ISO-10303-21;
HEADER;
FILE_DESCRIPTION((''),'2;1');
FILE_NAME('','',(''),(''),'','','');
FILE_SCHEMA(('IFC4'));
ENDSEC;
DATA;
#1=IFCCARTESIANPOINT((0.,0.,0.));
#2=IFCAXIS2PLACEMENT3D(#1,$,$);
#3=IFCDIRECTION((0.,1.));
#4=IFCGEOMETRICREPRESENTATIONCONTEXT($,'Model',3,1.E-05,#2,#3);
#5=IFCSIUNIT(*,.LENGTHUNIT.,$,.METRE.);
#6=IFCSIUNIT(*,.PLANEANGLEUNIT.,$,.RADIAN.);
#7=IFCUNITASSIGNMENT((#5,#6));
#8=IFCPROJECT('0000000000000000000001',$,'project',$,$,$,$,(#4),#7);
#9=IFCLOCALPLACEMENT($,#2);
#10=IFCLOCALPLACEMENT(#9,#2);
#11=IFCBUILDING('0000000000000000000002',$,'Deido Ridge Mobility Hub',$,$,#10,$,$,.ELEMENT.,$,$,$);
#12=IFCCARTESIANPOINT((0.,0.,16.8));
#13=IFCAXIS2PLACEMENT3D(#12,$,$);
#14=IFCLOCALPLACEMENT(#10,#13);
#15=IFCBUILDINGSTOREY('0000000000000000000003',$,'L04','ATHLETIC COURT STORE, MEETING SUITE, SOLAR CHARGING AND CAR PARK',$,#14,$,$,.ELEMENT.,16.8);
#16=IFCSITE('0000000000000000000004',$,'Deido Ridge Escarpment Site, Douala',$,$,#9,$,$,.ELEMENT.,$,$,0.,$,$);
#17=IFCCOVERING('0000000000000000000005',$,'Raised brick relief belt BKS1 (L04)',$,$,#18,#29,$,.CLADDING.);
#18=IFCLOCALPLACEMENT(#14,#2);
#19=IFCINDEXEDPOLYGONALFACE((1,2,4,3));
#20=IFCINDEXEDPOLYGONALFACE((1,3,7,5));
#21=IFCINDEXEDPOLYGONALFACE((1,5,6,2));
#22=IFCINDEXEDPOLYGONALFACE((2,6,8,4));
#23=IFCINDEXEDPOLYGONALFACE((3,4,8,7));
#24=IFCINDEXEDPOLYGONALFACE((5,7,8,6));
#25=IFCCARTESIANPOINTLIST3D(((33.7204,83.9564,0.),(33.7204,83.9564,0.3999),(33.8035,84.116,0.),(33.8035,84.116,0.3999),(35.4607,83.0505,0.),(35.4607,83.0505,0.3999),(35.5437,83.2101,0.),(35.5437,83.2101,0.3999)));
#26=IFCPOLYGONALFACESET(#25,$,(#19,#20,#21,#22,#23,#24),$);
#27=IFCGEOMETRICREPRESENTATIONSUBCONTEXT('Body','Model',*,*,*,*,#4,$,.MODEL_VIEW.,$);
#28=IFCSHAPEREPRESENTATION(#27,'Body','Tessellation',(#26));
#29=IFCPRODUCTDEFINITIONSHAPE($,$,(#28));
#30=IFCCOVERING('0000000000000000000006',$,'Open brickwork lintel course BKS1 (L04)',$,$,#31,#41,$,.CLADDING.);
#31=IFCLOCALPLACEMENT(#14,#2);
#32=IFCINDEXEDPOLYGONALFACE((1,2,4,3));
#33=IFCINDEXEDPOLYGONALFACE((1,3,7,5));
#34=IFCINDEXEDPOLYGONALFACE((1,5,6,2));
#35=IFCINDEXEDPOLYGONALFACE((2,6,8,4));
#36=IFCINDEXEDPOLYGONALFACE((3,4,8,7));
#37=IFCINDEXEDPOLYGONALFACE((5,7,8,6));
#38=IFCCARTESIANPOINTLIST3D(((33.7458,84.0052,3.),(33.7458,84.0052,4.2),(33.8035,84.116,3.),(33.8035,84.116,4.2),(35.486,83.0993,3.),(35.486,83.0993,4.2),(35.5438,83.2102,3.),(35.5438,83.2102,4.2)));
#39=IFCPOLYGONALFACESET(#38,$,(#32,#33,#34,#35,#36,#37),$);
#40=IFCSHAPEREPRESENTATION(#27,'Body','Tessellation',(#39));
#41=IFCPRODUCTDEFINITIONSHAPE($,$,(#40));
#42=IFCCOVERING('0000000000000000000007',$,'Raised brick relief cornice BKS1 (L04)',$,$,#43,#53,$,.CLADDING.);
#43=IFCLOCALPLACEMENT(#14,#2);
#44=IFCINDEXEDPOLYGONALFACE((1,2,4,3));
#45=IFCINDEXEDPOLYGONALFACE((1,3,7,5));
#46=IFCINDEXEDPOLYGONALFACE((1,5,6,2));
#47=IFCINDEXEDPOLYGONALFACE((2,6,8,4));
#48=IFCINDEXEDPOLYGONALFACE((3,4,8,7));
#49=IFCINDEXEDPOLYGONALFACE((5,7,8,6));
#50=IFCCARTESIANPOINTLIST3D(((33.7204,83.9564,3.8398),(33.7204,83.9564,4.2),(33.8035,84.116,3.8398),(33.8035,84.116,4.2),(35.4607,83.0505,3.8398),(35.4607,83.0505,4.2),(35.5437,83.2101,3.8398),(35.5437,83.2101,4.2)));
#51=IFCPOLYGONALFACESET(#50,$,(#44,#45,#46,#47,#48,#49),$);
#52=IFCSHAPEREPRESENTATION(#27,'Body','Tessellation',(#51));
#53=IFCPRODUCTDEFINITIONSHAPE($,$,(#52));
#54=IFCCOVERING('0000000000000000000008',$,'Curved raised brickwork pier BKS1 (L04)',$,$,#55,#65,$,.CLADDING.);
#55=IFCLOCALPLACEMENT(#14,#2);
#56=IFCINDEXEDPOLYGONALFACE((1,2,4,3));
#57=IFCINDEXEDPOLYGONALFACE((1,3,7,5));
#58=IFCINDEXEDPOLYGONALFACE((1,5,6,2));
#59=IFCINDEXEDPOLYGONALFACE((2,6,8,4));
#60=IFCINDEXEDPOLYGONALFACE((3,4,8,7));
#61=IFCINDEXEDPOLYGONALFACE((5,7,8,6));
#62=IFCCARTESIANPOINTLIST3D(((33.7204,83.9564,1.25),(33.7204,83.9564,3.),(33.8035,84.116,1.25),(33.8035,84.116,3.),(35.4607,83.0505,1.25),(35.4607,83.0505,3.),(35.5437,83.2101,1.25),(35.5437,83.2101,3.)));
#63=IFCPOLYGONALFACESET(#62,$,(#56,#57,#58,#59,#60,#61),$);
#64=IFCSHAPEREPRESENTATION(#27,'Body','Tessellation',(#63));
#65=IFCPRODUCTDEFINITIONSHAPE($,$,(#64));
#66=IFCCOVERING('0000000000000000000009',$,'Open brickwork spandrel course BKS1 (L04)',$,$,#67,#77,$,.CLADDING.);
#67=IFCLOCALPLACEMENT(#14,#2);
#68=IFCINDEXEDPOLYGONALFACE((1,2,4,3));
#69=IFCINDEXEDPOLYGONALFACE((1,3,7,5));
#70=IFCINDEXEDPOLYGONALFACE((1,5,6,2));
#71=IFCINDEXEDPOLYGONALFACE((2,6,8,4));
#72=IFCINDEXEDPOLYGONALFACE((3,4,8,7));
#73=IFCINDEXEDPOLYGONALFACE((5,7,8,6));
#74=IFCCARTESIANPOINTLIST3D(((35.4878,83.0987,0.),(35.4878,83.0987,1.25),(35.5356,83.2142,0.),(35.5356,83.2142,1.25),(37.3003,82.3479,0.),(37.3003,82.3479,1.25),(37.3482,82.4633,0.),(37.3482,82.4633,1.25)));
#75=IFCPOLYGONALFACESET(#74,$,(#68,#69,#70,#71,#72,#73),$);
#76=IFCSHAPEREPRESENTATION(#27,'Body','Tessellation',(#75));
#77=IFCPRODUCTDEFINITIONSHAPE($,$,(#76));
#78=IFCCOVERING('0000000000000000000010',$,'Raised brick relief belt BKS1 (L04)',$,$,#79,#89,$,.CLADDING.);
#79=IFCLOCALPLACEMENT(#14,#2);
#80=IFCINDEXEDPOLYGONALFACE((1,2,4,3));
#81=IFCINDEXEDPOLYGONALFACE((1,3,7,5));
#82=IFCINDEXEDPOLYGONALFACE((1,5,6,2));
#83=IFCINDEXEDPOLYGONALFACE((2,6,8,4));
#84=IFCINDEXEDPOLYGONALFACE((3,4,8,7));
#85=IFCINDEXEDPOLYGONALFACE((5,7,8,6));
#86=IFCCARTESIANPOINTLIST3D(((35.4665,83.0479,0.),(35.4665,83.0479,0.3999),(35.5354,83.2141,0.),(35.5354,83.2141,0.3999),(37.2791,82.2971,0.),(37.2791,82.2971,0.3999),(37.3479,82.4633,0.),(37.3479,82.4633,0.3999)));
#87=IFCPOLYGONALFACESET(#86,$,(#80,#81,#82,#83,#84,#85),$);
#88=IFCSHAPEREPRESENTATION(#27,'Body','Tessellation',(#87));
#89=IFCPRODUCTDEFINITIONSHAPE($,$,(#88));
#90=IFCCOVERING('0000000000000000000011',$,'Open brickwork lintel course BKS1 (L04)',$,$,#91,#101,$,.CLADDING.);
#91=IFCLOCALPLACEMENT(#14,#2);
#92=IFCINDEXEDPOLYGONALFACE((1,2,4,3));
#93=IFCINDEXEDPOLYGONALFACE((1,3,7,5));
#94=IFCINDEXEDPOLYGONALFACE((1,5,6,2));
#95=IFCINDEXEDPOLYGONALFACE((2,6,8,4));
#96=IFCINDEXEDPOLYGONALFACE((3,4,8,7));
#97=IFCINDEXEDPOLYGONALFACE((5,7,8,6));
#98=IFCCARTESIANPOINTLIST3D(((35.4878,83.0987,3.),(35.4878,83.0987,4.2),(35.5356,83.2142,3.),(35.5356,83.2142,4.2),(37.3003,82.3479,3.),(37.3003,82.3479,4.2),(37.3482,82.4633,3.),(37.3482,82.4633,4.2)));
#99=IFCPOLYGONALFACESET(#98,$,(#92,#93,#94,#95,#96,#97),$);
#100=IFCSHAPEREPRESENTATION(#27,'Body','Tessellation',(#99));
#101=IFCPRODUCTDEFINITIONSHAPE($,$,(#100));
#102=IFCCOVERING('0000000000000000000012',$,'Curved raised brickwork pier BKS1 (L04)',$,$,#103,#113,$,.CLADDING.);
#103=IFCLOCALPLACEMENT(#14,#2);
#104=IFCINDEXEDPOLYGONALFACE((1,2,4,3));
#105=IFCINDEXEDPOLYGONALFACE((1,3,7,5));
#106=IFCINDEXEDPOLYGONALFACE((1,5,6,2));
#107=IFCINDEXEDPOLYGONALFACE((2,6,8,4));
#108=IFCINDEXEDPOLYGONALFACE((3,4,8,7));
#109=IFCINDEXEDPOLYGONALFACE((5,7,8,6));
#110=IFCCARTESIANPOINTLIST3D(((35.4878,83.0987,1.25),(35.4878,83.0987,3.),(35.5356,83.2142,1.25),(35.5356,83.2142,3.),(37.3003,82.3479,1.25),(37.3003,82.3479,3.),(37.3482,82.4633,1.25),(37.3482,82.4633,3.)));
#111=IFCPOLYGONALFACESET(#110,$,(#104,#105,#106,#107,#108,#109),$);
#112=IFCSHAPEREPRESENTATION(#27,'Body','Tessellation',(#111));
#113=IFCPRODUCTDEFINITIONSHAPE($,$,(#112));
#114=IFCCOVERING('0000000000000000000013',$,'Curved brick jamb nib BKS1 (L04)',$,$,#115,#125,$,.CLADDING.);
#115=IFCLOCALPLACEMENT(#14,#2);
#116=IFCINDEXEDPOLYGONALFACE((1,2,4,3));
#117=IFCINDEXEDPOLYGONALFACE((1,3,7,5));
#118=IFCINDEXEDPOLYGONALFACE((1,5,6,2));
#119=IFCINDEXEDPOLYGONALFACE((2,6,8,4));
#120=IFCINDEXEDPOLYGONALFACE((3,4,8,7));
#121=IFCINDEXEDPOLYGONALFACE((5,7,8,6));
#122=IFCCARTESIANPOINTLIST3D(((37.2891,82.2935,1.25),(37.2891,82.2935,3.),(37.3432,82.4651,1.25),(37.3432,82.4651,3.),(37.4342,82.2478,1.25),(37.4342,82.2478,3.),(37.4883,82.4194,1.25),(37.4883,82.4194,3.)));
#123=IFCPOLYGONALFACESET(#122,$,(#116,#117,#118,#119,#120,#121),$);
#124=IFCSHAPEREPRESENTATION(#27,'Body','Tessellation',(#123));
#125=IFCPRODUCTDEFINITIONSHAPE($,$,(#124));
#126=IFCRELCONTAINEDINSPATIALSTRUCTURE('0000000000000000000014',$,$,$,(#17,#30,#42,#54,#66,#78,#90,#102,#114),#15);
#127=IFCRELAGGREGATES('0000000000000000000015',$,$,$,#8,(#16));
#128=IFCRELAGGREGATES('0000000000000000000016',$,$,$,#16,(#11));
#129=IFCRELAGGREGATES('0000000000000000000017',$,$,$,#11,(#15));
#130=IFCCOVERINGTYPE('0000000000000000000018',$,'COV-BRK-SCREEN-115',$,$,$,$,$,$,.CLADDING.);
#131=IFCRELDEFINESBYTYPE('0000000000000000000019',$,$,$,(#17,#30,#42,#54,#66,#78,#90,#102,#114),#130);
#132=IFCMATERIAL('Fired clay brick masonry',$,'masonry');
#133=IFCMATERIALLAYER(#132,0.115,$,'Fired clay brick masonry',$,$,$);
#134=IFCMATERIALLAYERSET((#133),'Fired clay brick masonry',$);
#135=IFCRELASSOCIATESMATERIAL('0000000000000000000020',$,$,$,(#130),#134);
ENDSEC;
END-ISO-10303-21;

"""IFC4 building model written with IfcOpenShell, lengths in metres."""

from ifc_helpers import new_model, si_unit, direction, frame, origin, origin_2d, place, context, subcontext, project, spatial, rectangle, extrude, material, layer, layer_set, type_object, element, save


model = new_model("IFC4")

# Units and contexts
model_context = context("Model", 3, precision=1e-05, world=origin(), true_north=direction((0.0, 1.0)))
body_context = subcontext(model_context, "Body", "Model", "MODEL_VIEW")
ifc_project = project(units=[si_unit("LENGTHUNIT", "METRE"), si_unit("PLANEANGLEUNIT", "RADIAN")], contexts=[model_context])

# Site, building, storey
site_placement = place(None, origin())
site = spatial("IfcSite", under=ifc_project, at=site_placement, Name="Deido Ridge Escarpment Site, Douala", CompositionType="ELEMENT", RefElevation=0.0)
building_placement = place(site_placement, origin())
building = spatial("IfcBuilding", under=site, at=building_placement, Name="Deido Ridge Mobility Hub", CompositionType="ELEMENT")
storey_placement = place(building_placement, frame((0.0, 0.0, 16.8)))
storey = spatial("IfcBuildingStorey", under=building, at=storey_placement, Name="L04", Description="ATHLETIC COURT STORE, MEETING SUITE, SOLAR CHARGING AND CAR PARK", CompositionType="ELEMENT", Elevation=16.8)

# Coverings
ifc_material_1 = material(Name="Fired clay brick masonry", Category="masonry")
ifc_layer = layer(ifc_material_1, 0.115, Name="Fired clay brick masonry")
ifc_layer_set = layer_set([ifc_layer], Name="Fired clay brick masonry")
covering_type = type_object("IfcCoveringType", Name="COV-BRK-SCREEN-115", PredefinedType="CLADDING", material=ifc_layer_set)
covering_1_placement = place(storey_placement, frame((34.6321, 83.5833, 0.0), z_axis=(0.0, 0.0, 1.0), x_axis=(0.887019, -0.461733, 0.0)))
element("IfcCovering", 1, at=covering_1_placement, inside=storey, type_object=covering_type, Name="Raised brick relief belt BKS1 (L04)", PredefinedType="CLADDING", context=body_context, shape_type="SweptSolid", body=[
    extrude(rectangle(XDim=1.9619, YDim=0.1799, at=origin_2d()), origin(), (0.0, 0.0, 1.0), 0.3999),
])
covering_2_placement = place(storey_placement, frame((34.6448, 83.6077, 3.0), z_axis=(0.0, 0.0, 1.0), x_axis=(0.887019, -0.461733, 0.0)))
element("IfcCovering", 2, at=covering_2_placement, inside=storey, type_object=covering_type, Name="Open brickwork lintel course BKS1 (L04)", PredefinedType="CLADDING", context=body_context, shape_type="SweptSolid", body=[
    extrude(rectangle(XDim=1.9619, YDim=0.125, at=origin_2d()), origin(), (0.0, 0.0, 1.0), 1.2),
])
covering_3_placement = place(storey_placement, frame((34.6321, 83.5833, 3.8398), z_axis=(0.0, 0.0, 1.0), x_axis=(0.887019, -0.461733, 0.0)))
element("IfcCovering", 3, at=covering_3_placement, inside=storey, type_object=covering_type, Name="Raised brick relief cornice BKS1 (L04)", PredefinedType="CLADDING", context=body_context, shape_type="SweptSolid", body=[
    extrude(rectangle(XDim=1.9619, YDim=0.1799, at=origin_2d()), origin(), (0.0, 0.0, 1.0), 0.3601),
])
covering_4_placement = place(storey_placement, frame((34.6321, 83.5833, 1.25), z_axis=(0.0, 0.0, 1.0), x_axis=(0.887019, -0.461733, 0.0)))
element("IfcCovering", 4, at=covering_4_placement, inside=storey, type_object=covering_type, Name="Curved raised brickwork pier BKS1 (L04)", PredefinedType="CLADDING", context=body_context, shape_type="SweptSolid", body=[
    extrude(rectangle(XDim=1.9619, YDim=0.1799, at=origin_2d()), origin(), (0.0, 0.0, 1.0), 1.75),
])
covering_5_placement = place(storey_placement, frame((36.418, 82.781, 0.0), z_axis=(0.0, 0.0, 1.0), x_axis=(0.923873, -0.3827, 0.0)))
element("IfcCovering", 5, at=covering_5_placement, inside=storey, type_object=covering_type, Name="Open brickwork spandrel course BKS1 (L04)", PredefinedType="CLADDING", context=body_context, shape_type="SweptSolid", body=[
    extrude(rectangle(XDim=1.9619, YDim=0.125, at=origin_2d()), origin(), (0.0, 0.0, 1.0), 1.25),
])
covering_6_placement = place(storey_placement, frame((36.4072, 82.7556, 0.0), z_axis=(0.0, 0.0, 1.0), x_axis=(0.923873, -0.3827, 0.0)))
element("IfcCovering", 6, at=covering_6_placement, inside=storey, type_object=covering_type, Name="Raised brick relief belt BKS1 (L04)", PredefinedType="CLADDING", context=body_context, shape_type="SweptSolid", body=[
    extrude(rectangle(XDim=1.9619, YDim=0.1799, at=origin_2d()), origin(), (0.0, 0.0, 1.0), 0.3999),
])
covering_7_placement = place(storey_placement, frame((36.418, 82.781, 3.0), z_axis=(0.0, 0.0, 1.0), x_axis=(0.923873, -0.3827, 0.0)))
element("IfcCovering", 7, at=covering_7_placement, inside=storey, type_object=covering_type, Name="Open brickwork lintel course BKS1 (L04)", PredefinedType="CLADDING", context=body_context, shape_type="SweptSolid", body=[
    extrude(rectangle(XDim=1.9619, YDim=0.125, at=origin_2d()), origin(), (0.0, 0.0, 1.0), 1.2),
])
covering_8_placement = place(storey_placement, frame((36.418, 82.781, 1.25), z_axis=(0.0, 0.0, 1.0), x_axis=(0.923873, -0.3827, 0.0)))
element("IfcCovering", 8, at=covering_8_placement, inside=storey, type_object=covering_type, Name="Curved raised brickwork pier BKS1 (L04)", PredefinedType="CLADDING", context=body_context, shape_type="SweptSolid", body=[
    extrude(rectangle(XDim=1.9619, YDim=0.125, at=origin_2d()), origin(), (0.0, 0.0, 1.0), 1.75),
])
covering_9_placement = place(storey_placement, frame((37.3887, 82.3564, 1.25), z_axis=(0.0, 0.0, 1.0), x_axis=(0.953727, -0.300673, 0.0)))
element("IfcCovering", 9, at=covering_9_placement, inside=storey, type_object=covering_type, Name="Curved brick jamb nib BKS1 (L04)", PredefinedType="CLADDING", context=body_context, shape_type="SweptSolid", body=[
    extrude(rectangle(XDim=0.1521, YDim=0.1799, at=origin_2d()), origin(), (0.0, 0.0, 1.0), 1.75),
])

save(model, "model.ifc")
